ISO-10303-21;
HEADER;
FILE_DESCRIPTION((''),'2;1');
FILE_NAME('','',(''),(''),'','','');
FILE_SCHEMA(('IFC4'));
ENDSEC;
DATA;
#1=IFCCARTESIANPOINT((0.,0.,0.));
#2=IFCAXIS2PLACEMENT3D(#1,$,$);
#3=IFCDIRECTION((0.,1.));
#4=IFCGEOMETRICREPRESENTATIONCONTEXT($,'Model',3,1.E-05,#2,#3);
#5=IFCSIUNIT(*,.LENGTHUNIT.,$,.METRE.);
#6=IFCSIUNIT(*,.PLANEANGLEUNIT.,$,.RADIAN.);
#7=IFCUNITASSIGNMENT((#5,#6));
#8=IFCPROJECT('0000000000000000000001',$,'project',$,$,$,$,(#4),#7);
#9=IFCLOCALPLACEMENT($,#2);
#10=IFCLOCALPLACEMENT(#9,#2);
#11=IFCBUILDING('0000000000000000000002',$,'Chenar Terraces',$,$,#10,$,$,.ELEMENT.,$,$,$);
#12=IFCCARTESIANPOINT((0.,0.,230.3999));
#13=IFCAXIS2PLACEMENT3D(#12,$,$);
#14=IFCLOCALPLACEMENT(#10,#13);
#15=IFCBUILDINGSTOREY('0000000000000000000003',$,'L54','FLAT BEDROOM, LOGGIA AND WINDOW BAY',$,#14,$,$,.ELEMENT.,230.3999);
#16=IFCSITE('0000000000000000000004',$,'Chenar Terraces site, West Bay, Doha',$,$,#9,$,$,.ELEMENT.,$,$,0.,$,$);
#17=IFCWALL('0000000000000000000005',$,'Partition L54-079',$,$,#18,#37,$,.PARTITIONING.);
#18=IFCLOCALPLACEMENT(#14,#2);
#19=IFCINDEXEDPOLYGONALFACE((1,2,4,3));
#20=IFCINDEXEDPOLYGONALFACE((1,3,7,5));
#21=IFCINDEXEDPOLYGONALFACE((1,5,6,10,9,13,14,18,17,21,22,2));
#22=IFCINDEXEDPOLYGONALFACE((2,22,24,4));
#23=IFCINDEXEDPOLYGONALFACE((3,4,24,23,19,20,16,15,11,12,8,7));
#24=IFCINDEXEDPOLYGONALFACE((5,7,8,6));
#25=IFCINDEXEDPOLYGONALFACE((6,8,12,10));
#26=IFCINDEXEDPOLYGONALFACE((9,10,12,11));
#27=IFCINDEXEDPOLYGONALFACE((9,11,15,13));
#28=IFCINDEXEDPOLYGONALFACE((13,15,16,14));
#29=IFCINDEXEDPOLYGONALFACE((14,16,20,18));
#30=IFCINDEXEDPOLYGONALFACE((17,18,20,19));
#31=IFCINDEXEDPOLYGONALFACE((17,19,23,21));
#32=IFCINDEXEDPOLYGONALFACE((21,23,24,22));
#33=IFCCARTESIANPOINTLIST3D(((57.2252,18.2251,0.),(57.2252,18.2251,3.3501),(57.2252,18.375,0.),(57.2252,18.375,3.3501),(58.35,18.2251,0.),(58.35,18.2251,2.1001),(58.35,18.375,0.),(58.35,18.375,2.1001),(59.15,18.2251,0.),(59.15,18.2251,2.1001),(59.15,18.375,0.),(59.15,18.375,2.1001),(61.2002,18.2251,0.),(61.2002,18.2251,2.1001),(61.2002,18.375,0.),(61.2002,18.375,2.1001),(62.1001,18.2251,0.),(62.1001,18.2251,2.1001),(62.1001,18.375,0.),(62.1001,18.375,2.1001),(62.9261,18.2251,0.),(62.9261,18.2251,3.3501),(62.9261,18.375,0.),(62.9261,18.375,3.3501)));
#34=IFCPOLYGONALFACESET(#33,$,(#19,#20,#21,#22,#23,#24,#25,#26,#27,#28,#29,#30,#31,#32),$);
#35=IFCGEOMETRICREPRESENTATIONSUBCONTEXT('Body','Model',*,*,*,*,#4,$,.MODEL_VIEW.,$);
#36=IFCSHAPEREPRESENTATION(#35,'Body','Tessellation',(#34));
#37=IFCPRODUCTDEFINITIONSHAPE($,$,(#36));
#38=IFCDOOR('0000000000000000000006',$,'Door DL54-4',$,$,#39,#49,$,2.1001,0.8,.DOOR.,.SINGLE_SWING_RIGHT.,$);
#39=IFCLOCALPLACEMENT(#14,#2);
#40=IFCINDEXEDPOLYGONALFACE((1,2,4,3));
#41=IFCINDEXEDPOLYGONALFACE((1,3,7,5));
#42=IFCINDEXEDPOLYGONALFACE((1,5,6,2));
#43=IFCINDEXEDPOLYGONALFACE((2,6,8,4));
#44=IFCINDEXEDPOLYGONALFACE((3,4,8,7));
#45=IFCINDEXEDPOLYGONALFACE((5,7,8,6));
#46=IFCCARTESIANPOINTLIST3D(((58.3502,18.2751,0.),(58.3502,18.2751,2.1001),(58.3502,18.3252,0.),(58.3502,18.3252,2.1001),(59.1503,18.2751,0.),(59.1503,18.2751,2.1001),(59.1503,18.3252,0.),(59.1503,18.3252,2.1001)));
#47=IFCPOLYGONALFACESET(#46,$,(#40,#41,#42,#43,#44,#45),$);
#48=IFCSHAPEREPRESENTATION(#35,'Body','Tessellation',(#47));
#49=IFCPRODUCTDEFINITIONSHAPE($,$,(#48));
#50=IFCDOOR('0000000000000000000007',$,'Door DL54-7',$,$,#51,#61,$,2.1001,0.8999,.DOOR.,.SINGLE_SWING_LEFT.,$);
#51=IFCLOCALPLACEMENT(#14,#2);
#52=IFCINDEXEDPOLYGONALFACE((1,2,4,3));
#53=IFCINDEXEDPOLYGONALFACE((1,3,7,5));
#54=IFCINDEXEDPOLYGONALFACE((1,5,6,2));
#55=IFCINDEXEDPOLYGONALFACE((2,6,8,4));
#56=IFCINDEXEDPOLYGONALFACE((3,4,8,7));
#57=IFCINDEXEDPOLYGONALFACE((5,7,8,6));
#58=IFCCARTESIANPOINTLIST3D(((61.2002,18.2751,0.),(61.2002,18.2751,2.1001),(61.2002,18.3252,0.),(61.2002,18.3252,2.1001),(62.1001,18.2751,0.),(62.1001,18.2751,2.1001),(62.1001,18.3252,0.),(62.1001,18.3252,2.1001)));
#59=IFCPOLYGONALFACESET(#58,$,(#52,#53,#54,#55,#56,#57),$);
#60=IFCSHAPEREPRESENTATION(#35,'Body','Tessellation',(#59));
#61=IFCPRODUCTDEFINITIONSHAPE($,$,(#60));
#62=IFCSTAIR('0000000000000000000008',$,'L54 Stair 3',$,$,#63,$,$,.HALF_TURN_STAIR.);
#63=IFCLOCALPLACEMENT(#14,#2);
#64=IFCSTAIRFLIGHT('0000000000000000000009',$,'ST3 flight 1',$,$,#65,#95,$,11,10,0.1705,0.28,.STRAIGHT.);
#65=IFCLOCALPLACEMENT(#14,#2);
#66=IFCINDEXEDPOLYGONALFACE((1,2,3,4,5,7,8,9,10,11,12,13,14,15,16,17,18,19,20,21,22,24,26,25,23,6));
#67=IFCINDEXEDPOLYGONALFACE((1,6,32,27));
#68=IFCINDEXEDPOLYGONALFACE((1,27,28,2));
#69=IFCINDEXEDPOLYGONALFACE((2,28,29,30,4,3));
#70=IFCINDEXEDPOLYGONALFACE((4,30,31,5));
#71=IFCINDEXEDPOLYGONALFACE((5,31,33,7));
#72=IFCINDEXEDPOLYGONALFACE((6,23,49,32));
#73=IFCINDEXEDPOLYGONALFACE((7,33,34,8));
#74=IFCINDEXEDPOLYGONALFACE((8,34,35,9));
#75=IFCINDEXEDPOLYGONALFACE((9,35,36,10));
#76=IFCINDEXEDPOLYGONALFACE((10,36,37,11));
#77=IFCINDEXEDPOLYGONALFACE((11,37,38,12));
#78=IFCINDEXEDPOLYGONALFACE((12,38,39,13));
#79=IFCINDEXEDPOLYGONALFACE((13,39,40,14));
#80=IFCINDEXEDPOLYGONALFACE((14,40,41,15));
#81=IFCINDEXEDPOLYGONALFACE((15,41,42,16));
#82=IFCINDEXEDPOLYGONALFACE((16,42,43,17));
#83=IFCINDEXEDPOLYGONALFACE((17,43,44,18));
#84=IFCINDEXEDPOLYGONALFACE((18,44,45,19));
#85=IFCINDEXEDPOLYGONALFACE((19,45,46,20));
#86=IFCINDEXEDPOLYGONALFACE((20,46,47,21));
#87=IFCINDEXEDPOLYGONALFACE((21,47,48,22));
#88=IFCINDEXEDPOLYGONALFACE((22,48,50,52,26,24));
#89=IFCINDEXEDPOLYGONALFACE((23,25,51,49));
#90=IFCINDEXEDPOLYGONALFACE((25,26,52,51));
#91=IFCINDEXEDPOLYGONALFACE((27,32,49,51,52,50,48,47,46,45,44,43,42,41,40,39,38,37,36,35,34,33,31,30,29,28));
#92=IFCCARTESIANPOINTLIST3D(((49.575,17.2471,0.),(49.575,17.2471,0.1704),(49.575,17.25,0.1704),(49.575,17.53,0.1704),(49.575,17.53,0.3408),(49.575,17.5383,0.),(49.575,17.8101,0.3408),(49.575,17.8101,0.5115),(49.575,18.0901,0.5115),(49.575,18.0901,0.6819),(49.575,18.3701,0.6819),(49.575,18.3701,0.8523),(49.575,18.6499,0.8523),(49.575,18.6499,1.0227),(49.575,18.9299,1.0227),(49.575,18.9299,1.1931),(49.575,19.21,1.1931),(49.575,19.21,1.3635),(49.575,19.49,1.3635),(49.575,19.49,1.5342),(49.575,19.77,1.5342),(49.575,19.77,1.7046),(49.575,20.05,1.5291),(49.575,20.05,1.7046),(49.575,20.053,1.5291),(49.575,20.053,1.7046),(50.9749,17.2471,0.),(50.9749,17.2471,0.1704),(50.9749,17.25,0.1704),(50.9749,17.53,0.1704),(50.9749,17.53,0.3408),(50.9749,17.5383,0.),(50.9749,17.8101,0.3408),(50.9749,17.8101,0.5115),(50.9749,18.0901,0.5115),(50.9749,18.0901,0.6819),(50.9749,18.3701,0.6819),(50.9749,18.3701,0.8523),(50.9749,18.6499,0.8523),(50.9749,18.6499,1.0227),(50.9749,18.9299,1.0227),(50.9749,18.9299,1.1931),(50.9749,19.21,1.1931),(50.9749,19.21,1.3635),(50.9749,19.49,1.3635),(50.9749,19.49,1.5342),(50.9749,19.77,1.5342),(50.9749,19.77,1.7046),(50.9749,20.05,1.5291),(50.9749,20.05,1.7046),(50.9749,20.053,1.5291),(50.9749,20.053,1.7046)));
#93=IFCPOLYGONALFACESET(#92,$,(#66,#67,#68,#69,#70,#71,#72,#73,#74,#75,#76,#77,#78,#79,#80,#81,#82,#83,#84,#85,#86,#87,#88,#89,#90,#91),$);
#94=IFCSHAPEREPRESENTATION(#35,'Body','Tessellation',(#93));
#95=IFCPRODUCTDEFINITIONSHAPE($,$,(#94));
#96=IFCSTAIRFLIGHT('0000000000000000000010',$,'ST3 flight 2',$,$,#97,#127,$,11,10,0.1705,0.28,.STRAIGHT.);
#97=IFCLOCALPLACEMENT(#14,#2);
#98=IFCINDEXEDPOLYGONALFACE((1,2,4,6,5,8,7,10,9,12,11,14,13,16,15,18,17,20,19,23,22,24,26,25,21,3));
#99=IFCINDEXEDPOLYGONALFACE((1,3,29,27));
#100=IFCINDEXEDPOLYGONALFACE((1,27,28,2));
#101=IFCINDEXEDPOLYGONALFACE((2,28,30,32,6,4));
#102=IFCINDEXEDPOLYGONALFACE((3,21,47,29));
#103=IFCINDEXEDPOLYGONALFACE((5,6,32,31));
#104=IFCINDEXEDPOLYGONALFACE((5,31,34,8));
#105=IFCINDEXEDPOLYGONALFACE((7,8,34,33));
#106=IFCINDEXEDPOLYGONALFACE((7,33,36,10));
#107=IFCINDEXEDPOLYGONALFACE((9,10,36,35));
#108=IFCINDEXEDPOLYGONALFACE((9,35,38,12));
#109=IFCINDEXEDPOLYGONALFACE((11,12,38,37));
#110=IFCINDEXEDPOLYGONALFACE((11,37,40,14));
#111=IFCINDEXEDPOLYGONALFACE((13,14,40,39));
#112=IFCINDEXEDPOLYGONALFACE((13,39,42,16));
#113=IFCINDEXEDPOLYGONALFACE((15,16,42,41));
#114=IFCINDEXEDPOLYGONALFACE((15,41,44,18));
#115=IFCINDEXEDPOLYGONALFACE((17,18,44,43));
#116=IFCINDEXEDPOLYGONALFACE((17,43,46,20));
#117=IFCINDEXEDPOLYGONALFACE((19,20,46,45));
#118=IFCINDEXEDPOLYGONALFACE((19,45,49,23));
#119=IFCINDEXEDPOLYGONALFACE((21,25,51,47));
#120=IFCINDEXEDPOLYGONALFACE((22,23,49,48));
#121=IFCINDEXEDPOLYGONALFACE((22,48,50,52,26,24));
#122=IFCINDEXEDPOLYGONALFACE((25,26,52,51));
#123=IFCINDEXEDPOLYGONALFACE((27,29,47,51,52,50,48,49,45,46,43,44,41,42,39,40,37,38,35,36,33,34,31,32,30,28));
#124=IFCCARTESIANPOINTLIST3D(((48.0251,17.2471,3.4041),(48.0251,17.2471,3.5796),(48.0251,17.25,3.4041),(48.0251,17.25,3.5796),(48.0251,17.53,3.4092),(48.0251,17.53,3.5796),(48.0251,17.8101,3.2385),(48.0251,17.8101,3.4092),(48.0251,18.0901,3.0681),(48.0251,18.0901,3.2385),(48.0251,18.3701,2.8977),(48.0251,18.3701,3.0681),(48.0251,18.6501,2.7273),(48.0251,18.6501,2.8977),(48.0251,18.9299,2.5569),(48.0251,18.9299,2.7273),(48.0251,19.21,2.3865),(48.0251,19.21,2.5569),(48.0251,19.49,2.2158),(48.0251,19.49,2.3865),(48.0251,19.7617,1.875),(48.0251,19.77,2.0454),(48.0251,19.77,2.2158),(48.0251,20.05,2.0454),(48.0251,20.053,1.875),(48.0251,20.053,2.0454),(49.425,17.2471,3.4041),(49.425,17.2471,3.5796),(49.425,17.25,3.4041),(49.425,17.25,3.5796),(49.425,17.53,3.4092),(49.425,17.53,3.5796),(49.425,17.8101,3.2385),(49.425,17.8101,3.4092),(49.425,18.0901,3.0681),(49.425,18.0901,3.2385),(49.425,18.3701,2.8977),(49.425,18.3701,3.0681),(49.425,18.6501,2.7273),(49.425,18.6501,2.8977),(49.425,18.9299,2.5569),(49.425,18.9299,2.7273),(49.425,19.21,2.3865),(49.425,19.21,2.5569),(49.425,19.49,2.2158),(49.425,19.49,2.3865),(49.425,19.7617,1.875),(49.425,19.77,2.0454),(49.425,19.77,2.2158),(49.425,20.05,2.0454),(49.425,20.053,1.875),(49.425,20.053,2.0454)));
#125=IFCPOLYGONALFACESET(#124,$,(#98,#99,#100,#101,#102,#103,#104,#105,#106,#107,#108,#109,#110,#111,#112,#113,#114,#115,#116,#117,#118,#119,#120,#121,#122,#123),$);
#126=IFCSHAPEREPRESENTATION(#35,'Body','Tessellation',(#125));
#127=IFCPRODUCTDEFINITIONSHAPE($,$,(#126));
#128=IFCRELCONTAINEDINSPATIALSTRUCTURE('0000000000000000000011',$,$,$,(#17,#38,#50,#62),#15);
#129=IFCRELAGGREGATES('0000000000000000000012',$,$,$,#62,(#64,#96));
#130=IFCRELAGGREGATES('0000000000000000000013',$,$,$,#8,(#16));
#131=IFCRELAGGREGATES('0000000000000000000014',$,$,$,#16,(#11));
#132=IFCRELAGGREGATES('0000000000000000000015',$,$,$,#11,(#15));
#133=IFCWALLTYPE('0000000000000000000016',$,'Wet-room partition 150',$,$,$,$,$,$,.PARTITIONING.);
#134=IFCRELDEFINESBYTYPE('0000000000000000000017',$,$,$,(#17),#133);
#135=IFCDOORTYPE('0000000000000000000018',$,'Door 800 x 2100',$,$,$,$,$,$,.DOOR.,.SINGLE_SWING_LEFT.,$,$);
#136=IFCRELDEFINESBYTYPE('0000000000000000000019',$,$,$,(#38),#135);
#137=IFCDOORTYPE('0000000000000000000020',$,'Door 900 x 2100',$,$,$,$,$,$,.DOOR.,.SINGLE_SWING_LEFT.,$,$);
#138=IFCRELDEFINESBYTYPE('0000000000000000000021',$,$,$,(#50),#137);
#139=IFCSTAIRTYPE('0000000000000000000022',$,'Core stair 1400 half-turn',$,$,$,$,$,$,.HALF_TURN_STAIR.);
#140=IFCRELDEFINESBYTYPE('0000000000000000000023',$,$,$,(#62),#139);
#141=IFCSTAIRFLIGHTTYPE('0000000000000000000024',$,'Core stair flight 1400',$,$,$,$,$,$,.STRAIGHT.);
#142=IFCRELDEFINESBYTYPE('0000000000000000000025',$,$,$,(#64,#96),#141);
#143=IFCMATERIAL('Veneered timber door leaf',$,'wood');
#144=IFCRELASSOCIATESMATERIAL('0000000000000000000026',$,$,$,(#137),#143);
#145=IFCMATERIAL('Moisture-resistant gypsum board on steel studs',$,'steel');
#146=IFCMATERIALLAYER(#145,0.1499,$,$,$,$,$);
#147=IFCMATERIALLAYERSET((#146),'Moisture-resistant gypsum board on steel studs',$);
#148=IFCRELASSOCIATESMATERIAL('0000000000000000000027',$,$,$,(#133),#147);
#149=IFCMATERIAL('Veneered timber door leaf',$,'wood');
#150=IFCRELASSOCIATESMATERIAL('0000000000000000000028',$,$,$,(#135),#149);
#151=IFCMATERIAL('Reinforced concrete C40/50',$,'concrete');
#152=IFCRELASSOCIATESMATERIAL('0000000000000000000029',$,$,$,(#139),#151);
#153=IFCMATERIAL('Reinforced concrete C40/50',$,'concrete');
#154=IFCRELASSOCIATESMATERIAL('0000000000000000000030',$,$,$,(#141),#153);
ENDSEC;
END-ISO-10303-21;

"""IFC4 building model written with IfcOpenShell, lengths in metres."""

from ifc_helpers import new_model, si_unit, direction, frame, frame_2d, origin, place, context, subcontext, project, spatial, polyline, rectangle, outline, extrude, material, layer, layer_set, type_object, element, fill, aggregate, save


model = new_model("IFC4")

# Units and contexts
model_context = context("Model", 3, precision=1e-05, world=origin(), true_north=direction((0.0, 1.0)))
body_context = subcontext(model_context, "Body", "Model", "MODEL_VIEW")
ifc_project = project(units=[si_unit("LENGTHUNIT", "METRE"), si_unit("PLANEANGLEUNIT", "RADIAN")], contexts=[model_context])

# Site, building, storey
site_placement = place(None, origin())
site = spatial("IfcSite", under=ifc_project, at=site_placement, Name="Chenar Terraces site, West Bay, Doha", CompositionType="ELEMENT", RefElevation=0.0)
building_placement = place(site_placement, origin())
building = spatial("IfcBuilding", under=site, at=building_placement, Name="Chenar Terraces", CompositionType="ELEMENT")
storey_placement = place(building_placement, frame((0.0, 0.0, 230.3999)))
storey = spatial("IfcBuildingStorey", under=building, at=storey_placement, Name="L54", Description="FLAT BEDROOM, LOGGIA AND WINDOW BAY", CompositionType="ELEMENT", Elevation=230.3999)

# Shared definitions
ifc_material_1 = material(Name="Veneered timber door leaf", Category="wood")
door_type_1 = type_object("IfcDoorType", Name="Door 900 x 2100", OperationType="SINGLE_SWING_LEFT", PredefinedType="DOOR", material=ifc_material_1)

# Wall, openings, doors
ifc_material_2 = material(Name="Moisture-resistant gypsum board on steel studs", Category="steel")
ifc_layer_1 = layer(ifc_material_2, 0.1499)
ifc_layer_set_1 = layer_set([ifc_layer_1], Name="Moisture-resistant gypsum board on steel studs")
wall_type_1 = type_object("IfcWallType", Name="Wet-room partition 150", PredefinedType="PARTITIONING", material=ifc_layer_set_1)
wall_1_placement = place(storey_placement, frame((57.2251, 18.3, 0.0), z_axis=(0.0, 0.0, 1.0), x_axis=(1.0, 0.0, 0.0)))
wall_1 = element("IfcWall", 1, at=wall_1_placement, inside=storey, type_object=wall_type_1, Name="Partition L54-079", PredefinedType="PARTITIONING", context=body_context, shape_type="SweptSolid", body=[
    extrude(rectangle(XDim=5.7009, YDim=0.1499, at=frame_2d((2.8506, 0.0))), origin(), (0.0, 0.0, 1.0), 3.3501),
])
opening_1_placement = place(wall_1_placement, frame((1.125, 0.0, 0.0)))
opening_1 = element("IfcOpeningElement", 2, at=opening_1_placement, cuts=wall_1, PredefinedType="OPENING", context=body_context, shape_type="SweptSolid", body=[
    extrude(rectangle(XDim=0.8, YDim=2.1001, at=frame_2d((0.3999, 1.05))), frame((0.0, 0.085, 0.0), z_axis=(0.0, -1.0, 0.0), x_axis=(1.0, 0.0, 0.0)), (0.0, 0.0, 1.0), 0.1699),
])
opening_2_placement = place(wall_1_placement, frame((3.9751, 0.0, 0.0)))
opening_2 = element("IfcOpeningElement", 3, at=opening_2_placement, cuts=wall_1, PredefinedType="OPENING", context=body_context, shape_type="SweptSolid", body=[
    extrude(rectangle(XDim=0.8999, YDim=2.1001, at=frame_2d((0.45, 1.05))), frame((0.0, 0.085, 0.0), z_axis=(0.0, -1.0, 0.0), x_axis=(1.0, 0.0, 0.0)), (0.0, 0.0, 1.0), 0.1699),
])
ifc_material_3 = material(Name="Veneered timber door leaf", Category="wood")
door_type_2 = type_object("IfcDoorType", Name="Door 800 x 2100", OperationType="SINGLE_SWING_LEFT", PredefinedType="DOOR", material=ifc_material_3)
door_1_placement = place(opening_1_placement, frame((0.8, 0.0, 0.0), z_axis=(0.0, 0.0, 1.0), x_axis=(-1.0, 0.0, 0.0)))
door_1 = element("IfcDoor", 4, at=door_1_placement, inside=storey, type_object=door_type_2, Name="Door DL54-4", OperationType="SINGLE_SWING_RIGHT", OverallHeight=2.1001, OverallWidth=0.8, PredefinedType="DOOR", context=body_context, shape_type="SweptSolid", body=[
    extrude(rectangle(XDim=0.8, YDim=2.1001, at=frame_2d((0.3999, 1.05))), frame((0.0, 0.0249, 0.0), z_axis=(0.0, -1.0, 0.0), x_axis=(1.0, 0.0, 0.0)), (0.0, 0.0, 1.0), 0.05),
])
fill(opening_1, door_1)
door_2_placement = place(opening_2_placement, frame((0.8999, 0.0, 0.0), z_axis=(0.0, 0.0, 1.0), x_axis=(-1.0, 0.0, 0.0)))
door_2 = element("IfcDoor", 5, at=door_2_placement, inside=storey, type_object=door_type_1, Name="Door DL54-7", OperationType="SINGLE_SWING_LEFT", OverallHeight=2.1001, OverallWidth=0.8999, PredefinedType="DOOR", context=body_context, shape_type="SweptSolid", body=[
    extrude(rectangle(XDim=0.8999, YDim=2.1001, at=frame_2d((0.45, 1.05))), frame((0.0, 0.0249, 0.0), z_axis=(0.0, -1.0, 0.0), x_axis=(1.0, 0.0, 0.0)), (0.0, 0.0, 1.0), 0.05),
])
fill(opening_2, door_2)

# Stair, stair flights
ifc_material_4 = material(Name="Reinforced concrete C40/50", Category="concrete")
stair_type = type_object("IfcStairType", Name="Core stair 1400 half-turn", PredefinedType="HALF_TURN_STAIR", material=ifc_material_4)
stair_placement = place(storey_placement, origin())
stair = element("IfcStair", 6, at=stair_placement, inside=storey, type_object=stair_type, Name="L54 Stair 3", PredefinedType="HALF_TURN_STAIR")
ifc_material_5 = material(Name="Reinforced concrete C40/50", Category="concrete")
stair_flight_type = type_object("IfcStairFlightType", Name="Core stair flight 1400", PredefinedType="STRAIGHT", material=ifc_material_5)
stair_flight_1_placement = place(storey_placement, frame((50.2749, 17.25, 0.0), z_axis=(0.0, 0.0, 1.0), x_axis=(0.0, 1.0, 0.0)))
stair_flight_1 = element("IfcStairFlight", 7, at=stair_flight_1_placement, type_object=stair_flight_type, Name="ST3 flight 1", NumberOfRisers=11, NumberOfTreads=10, PredefinedType="STRAIGHT", RiserHeight=0.1705, TreadLength=0.28, context=body_context, shape_type="SweptSolid", body=[
    extrude(outline(polyline([(-0.0029, 0.0), (-0.0029, 0.1704), (0.0, 0.1704), (0.28, 0.1704), (0.28, 0.3408), (0.5601, 0.3408), (0.5601, 0.5115), (0.8401, 0.5115), (0.8401, 0.6819), (1.1201, 0.6819), (1.1201, 0.8523), (1.3999, 0.8523), (1.3999, 1.0227), (1.6799, 1.0227), (1.6799, 1.1931), (1.96, 1.1931), (1.96, 1.3635), (2.24, 1.3635), (2.24, 1.5342), (2.52, 1.5342), (2.52, 1.7046), (2.8, 1.7046), (2.803, 1.7046), (2.803, 1.5291), (2.8, 1.5291), (0.2883, 0.0), (-0.0029, 0.0)])), frame((0.0, 0.7, 0.0), z_axis=(0.0, -1.0, 0.0), x_axis=(1.0, 0.0, 0.0)), (0.0, 0.0, 1.0), 1.3999),
])
stair_flight_2_placement = place(storey_placement, frame((48.7251, 20.05, 1.875), z_axis=(0.0, 0.0, 1.0), x_axis=(0.0, -1.0, 0.0)))
stair_flight_2 = element("IfcStairFlight", 8, at=stair_flight_2_placement, type_object=stair_flight_type, Name="ST3 flight 2", NumberOfRisers=11, NumberOfTreads=10, PredefinedType="STRAIGHT", RiserHeight=0.1705, TreadLength=0.28, context=body_context, shape_type="SweptSolid", body=[
    extrude(outline(polyline([(-0.0029, 0.0), (-0.0029, 0.1704), (0.0, 0.1704), (0.28, 0.1704), (0.28, 0.3408), (0.5601, 0.3408), (0.5601, 0.5115), (0.8401, 0.5115), (0.8401, 0.6819), (1.1201, 0.6819), (1.1201, 0.8523), (1.3999, 0.8523), (1.3999, 1.0227), (1.6799, 1.0227), (1.6799, 1.1931), (1.96, 1.1931), (1.96, 1.3635), (2.24, 1.3635), (2.24, 1.5342), (2.52, 1.5342), (2.52, 1.7046), (2.8, 1.7046), (2.803, 1.7046), (2.803, 1.5291), (2.8, 1.5291), (0.2883, 0.0), (-0.0029, 0.0)])), frame((0.0, 0.7, 0.0), z_axis=(0.0, -1.0, 0.0), x_axis=(1.0, 0.0, 0.0)), (0.0, 0.0, 1.0), 1.3999),
])
aggregate(stair, [stair_flight_1, stair_flight_2])

save(model, "model.ifc")
